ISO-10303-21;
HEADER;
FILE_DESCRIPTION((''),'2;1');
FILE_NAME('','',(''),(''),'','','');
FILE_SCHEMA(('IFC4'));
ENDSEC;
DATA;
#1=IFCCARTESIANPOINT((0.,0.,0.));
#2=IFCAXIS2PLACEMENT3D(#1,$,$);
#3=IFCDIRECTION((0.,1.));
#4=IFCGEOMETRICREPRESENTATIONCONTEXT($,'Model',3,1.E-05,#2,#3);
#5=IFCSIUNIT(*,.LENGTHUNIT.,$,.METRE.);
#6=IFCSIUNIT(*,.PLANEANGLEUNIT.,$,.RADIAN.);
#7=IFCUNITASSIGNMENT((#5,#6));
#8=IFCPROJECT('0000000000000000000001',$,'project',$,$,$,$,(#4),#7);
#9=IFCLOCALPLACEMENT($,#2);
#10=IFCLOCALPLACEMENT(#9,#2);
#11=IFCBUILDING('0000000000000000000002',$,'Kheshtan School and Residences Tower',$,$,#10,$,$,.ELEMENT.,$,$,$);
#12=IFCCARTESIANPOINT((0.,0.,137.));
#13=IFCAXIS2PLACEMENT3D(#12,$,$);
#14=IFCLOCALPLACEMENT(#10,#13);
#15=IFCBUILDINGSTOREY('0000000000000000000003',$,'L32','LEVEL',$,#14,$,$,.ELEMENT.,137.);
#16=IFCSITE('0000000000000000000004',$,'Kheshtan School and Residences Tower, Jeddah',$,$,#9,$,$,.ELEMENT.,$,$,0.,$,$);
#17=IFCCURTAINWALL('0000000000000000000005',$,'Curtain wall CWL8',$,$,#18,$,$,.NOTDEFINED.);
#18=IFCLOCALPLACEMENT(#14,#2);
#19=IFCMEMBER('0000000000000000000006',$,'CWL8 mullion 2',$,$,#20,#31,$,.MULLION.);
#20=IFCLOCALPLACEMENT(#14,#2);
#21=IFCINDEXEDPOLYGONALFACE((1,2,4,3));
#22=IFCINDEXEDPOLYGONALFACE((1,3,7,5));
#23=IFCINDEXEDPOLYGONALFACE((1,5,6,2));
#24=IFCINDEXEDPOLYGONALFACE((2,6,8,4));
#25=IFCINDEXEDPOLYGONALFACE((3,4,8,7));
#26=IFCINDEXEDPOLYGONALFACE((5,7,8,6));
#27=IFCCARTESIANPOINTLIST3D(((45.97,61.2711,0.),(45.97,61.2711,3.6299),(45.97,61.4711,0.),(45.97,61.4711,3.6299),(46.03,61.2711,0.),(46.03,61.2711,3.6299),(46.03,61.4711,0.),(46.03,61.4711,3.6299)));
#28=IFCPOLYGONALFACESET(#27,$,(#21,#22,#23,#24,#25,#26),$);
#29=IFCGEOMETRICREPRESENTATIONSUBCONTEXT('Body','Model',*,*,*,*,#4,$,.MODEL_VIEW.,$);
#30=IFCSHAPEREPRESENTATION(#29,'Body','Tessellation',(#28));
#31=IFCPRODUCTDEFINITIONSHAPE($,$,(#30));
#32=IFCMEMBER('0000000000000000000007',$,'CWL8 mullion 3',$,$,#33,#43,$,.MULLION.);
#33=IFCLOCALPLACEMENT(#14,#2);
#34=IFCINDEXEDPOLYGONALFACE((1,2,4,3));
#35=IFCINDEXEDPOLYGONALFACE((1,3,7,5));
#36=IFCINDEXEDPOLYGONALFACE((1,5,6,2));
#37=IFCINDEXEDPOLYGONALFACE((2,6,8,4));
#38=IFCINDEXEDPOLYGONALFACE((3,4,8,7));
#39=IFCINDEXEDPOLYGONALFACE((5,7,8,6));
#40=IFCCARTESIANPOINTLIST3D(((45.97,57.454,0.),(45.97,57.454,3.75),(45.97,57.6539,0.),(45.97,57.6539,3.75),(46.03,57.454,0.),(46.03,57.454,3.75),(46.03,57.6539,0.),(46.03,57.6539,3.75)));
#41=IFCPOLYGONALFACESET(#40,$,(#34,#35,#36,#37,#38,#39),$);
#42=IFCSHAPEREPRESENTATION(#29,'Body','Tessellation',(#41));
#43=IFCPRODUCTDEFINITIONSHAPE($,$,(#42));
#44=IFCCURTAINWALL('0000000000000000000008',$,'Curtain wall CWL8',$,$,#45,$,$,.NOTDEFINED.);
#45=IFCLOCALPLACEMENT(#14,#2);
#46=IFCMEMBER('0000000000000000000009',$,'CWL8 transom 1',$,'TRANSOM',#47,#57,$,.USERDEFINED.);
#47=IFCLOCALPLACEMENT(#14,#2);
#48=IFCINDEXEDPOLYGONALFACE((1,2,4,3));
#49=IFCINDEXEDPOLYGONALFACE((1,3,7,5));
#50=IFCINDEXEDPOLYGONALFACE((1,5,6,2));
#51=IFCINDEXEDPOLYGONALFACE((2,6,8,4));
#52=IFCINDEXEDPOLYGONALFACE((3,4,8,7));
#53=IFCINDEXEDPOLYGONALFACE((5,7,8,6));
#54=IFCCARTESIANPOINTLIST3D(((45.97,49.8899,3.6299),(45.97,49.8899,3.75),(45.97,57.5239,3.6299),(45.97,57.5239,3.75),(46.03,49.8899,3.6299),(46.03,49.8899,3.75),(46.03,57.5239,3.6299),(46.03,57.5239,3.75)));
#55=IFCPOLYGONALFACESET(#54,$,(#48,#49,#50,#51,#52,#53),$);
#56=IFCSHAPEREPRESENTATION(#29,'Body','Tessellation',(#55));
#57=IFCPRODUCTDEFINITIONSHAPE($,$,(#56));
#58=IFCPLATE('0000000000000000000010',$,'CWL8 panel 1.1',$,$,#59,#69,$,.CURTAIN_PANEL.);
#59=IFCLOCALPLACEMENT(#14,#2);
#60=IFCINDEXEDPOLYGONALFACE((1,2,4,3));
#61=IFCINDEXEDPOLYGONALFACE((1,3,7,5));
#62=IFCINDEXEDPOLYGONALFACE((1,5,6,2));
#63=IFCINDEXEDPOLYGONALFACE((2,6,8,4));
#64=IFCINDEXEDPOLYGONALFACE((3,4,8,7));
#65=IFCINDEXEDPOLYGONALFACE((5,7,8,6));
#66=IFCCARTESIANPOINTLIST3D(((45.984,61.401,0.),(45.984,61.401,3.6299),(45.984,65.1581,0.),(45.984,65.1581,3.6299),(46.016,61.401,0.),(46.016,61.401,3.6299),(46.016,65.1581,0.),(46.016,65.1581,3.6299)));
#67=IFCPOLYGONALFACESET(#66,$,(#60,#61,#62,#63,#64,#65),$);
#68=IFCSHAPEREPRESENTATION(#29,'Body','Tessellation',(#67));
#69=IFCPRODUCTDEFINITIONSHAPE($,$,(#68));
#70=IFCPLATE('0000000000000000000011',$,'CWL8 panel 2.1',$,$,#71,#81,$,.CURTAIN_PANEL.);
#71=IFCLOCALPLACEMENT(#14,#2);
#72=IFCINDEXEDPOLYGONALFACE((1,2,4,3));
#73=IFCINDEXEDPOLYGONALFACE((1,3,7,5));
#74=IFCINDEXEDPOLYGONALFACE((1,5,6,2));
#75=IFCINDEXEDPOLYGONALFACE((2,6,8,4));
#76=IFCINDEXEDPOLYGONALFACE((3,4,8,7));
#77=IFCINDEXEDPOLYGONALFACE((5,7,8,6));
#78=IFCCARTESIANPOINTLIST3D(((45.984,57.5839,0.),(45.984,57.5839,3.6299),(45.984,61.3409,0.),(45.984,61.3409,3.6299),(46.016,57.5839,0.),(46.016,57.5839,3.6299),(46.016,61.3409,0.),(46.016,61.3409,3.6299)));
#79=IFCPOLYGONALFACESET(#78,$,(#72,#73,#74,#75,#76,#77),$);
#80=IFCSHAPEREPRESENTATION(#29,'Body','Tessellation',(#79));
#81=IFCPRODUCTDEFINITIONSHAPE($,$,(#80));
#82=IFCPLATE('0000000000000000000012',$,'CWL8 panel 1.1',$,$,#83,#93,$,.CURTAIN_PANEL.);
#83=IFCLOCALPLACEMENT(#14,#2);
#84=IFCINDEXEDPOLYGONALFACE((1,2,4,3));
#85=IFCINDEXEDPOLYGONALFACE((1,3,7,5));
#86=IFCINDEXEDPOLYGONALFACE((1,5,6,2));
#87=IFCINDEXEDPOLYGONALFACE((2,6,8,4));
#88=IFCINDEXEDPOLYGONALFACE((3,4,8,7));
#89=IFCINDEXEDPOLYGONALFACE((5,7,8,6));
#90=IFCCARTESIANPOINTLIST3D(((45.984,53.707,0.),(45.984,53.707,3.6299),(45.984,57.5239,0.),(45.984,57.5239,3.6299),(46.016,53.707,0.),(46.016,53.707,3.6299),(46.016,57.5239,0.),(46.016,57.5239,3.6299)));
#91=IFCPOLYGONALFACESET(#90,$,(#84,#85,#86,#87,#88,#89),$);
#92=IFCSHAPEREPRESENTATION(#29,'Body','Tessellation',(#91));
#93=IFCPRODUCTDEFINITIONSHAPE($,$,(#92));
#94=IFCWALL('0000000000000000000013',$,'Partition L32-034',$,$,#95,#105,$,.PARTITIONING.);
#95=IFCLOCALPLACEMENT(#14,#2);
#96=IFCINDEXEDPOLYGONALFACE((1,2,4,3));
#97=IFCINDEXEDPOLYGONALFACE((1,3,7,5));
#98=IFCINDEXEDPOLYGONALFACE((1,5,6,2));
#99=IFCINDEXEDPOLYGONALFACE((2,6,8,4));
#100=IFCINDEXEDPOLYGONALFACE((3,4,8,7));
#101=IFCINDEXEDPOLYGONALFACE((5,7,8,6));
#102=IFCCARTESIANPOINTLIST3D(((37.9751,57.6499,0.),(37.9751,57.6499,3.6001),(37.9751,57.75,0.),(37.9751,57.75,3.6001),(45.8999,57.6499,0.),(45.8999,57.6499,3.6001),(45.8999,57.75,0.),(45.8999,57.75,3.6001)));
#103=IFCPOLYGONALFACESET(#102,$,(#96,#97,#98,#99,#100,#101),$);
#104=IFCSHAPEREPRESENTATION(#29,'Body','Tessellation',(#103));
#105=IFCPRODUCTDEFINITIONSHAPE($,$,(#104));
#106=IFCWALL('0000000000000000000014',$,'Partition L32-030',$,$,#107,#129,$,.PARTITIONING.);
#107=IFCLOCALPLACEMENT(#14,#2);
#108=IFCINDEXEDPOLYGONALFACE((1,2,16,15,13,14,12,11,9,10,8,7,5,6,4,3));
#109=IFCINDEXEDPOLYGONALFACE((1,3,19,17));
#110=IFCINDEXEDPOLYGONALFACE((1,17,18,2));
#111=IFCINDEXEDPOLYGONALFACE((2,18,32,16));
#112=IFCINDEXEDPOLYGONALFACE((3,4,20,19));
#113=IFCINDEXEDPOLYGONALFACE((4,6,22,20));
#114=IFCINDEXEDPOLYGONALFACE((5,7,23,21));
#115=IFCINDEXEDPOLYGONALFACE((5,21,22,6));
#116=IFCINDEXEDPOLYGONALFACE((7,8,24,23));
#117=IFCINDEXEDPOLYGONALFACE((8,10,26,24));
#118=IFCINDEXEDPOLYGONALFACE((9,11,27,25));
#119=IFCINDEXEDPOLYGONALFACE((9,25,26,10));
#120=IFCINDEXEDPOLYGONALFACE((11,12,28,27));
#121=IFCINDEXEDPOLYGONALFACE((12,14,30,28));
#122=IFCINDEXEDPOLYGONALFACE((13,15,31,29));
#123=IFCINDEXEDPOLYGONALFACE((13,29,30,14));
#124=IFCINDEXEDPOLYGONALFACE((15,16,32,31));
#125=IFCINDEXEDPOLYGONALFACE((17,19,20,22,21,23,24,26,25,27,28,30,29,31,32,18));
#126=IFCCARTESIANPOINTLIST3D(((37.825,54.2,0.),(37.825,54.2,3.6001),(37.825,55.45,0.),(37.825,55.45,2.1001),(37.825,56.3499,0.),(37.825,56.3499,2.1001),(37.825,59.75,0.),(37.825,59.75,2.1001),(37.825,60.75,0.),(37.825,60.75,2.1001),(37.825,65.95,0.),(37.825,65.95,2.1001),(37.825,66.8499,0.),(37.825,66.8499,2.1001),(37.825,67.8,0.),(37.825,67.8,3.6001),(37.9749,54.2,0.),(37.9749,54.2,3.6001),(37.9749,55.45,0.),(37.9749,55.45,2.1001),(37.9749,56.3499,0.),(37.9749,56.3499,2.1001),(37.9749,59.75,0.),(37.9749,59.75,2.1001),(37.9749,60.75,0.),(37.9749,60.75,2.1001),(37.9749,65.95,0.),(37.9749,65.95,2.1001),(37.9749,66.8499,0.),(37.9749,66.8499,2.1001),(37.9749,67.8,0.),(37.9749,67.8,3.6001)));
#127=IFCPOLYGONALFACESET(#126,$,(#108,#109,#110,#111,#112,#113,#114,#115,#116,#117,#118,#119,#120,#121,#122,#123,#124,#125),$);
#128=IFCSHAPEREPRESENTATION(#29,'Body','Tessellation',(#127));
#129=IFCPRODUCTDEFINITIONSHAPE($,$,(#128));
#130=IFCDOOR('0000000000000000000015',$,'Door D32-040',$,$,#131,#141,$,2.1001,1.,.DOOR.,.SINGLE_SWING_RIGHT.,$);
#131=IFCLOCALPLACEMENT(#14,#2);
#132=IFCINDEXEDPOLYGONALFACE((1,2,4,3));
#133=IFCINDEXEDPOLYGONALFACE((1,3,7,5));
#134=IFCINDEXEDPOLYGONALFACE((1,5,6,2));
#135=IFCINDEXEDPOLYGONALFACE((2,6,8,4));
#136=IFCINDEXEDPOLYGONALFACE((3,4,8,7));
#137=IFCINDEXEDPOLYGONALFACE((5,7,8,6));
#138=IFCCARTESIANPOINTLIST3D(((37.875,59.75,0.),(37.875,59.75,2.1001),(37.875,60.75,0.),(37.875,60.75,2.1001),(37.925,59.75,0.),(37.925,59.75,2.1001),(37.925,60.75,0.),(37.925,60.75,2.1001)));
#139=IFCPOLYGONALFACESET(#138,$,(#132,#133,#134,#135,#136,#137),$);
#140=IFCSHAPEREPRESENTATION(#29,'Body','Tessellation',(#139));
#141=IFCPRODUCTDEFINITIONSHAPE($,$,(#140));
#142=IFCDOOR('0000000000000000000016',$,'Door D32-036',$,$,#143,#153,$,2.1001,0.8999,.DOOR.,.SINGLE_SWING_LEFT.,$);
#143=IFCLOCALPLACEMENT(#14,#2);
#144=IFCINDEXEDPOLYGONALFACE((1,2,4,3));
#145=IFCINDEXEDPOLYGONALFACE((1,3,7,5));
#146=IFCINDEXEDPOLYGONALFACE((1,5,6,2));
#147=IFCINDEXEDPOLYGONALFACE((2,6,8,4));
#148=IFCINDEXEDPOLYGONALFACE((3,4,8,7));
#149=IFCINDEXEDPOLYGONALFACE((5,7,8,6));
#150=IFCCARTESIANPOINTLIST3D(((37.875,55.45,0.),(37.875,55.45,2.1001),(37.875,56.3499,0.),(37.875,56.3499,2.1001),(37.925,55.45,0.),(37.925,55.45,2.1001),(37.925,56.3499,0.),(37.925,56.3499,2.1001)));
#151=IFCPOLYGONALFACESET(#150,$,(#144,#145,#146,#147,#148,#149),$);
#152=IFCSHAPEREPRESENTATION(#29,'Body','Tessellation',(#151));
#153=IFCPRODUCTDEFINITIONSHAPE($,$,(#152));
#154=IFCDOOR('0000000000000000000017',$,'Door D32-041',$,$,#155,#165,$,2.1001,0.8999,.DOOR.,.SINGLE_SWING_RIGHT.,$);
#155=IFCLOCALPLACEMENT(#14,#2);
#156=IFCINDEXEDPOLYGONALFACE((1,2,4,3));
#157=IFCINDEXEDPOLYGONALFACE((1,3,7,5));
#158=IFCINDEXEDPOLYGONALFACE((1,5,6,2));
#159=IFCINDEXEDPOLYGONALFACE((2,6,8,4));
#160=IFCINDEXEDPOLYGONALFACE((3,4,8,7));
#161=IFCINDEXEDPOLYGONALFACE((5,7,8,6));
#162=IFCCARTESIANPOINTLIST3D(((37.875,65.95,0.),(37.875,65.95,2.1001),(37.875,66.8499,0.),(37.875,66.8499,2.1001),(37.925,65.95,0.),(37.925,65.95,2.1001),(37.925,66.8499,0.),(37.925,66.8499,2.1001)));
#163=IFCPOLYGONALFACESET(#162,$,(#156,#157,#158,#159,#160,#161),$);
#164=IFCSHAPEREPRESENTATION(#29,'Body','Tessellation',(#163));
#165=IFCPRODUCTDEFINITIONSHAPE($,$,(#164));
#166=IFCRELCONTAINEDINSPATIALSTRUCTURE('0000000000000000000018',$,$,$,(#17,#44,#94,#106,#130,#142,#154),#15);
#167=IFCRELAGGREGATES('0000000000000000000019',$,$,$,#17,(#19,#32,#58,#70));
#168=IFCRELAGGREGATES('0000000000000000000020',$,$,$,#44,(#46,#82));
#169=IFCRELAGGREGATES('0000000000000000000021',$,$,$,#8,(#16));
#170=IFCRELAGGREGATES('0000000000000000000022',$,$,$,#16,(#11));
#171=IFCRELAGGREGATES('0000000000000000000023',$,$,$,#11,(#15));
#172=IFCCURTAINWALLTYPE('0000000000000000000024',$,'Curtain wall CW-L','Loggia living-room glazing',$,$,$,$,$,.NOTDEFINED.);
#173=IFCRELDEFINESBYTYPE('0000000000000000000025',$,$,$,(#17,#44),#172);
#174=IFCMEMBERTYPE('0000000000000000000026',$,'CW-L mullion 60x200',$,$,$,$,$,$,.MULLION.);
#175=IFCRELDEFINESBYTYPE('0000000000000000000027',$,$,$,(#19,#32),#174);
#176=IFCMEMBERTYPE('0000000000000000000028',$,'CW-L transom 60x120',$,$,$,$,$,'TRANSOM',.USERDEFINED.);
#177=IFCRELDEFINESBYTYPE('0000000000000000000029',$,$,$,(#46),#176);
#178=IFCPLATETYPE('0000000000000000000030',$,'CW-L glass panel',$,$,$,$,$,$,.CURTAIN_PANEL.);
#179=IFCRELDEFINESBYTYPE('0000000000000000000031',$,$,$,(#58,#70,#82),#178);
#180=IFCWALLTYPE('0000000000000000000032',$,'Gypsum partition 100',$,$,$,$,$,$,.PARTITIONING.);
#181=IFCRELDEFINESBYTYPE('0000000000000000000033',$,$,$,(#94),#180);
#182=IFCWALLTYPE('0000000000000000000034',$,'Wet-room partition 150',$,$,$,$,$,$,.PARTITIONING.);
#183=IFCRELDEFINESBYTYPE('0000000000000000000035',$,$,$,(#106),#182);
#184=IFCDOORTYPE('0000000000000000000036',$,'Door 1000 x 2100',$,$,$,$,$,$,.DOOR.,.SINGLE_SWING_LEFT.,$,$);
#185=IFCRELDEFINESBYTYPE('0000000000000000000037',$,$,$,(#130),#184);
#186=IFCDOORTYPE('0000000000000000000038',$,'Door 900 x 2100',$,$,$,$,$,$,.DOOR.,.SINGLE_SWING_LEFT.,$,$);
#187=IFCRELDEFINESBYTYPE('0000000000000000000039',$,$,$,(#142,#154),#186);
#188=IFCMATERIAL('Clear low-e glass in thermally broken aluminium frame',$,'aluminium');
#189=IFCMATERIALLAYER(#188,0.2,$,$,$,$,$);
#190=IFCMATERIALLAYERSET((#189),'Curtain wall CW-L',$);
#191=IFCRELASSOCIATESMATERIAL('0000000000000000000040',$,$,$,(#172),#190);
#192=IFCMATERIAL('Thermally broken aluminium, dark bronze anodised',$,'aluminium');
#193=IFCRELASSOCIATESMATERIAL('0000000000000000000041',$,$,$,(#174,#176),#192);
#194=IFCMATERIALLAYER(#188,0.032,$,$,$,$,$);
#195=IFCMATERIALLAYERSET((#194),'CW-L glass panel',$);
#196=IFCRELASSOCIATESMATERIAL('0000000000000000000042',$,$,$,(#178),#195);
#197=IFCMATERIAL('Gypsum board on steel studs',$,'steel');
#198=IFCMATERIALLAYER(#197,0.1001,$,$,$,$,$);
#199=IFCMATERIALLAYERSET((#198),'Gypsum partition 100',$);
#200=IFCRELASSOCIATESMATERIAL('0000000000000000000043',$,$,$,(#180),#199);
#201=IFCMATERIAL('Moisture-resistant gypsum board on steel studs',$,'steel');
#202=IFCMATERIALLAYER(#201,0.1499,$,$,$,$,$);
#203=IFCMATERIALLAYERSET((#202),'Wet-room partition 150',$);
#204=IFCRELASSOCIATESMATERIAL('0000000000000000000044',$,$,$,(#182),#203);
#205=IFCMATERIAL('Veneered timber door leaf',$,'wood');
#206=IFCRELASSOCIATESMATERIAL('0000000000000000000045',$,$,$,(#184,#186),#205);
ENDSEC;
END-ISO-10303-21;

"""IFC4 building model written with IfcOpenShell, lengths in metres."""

from ifc_helpers import new_model, si_unit, direction, frame, frame_2d, origin, origin_2d, place, context, subcontext, project, spatial, rectangle, extrude, source, transform, mapped, material, layer, layer_set, material_profile, profile_set, type_object, element, fill, aggregate, save


model = new_model("IFC4")

# Units and contexts
model_context = context("Model", 3, precision=1e-05, world=origin(), true_north=direction((0.0, 1.0)))
body_context = subcontext(model_context, "Body", "Model", "MODEL_VIEW")
ifc_project = project(units=[si_unit("LENGTHUNIT", "METRE"), si_unit("PLANEANGLEUNIT", "RADIAN")], contexts=[model_context])

# Site, building, storey
site_placement = place(None, origin())
site = spatial("IfcSite", under=ifc_project, at=site_placement, Name="Kheshtan School and Residences Tower, Jeddah", CompositionType="ELEMENT", RefElevation=0.0)
building_placement = place(site_placement, origin())
building = spatial("IfcBuilding", under=site, at=building_placement, Name="Kheshtan School and Residences Tower", CompositionType="ELEMENT")
storey_placement = place(building_placement, frame((0.0, 0.0, 137.0)))
storey = spatial("IfcBuildingStorey", under=building, at=storey_placement, Name="L32", Description="LEVEL", CompositionType="ELEMENT", Elevation=137.0)

# Curtain wall, members
ifc_material_1 = material(Name="Clear low-e glass in thermally broken aluminium frame", Category="aluminium")
ifc_layer_1 = layer(ifc_material_1, 0.2)
ifc_layer_set_1 = layer_set([ifc_layer_1], Name="Curtain wall CW-L")
curtain_wall_type = type_object("IfcCurtainWallType", Name="Curtain wall CW-L", Description="Loggia living-room glazing", PredefinedType="NOTDEFINED", material=ifc_layer_set_1)
curtain_wall_1_placement = place(storey_placement, origin())
curtain_wall_1 = element("IfcCurtainWall", 1, at=curtain_wall_1_placement, inside=storey, type_object=curtain_wall_type, Name="Curtain wall CWL8", PredefinedType="NOTDEFINED")
ifc_material_2 = material(Name="Thermally broken aluminium, dark bronze anodised", Category="aluminium")
ifc_material_profile_1 = material_profile(ifc_material_2, rectangle(XDim=0.0601, YDim=0.2, at=origin_2d()), Name="CW-L mullion 60x200")
ifc_profile_set_1 = profile_set([ifc_material_profile_1], Name="Thermally broken aluminium, dark bronze anodised")
member_type_1 = type_object("IfcMemberType", Name="CW-L mullion 60x200", PredefinedType="MULLION", material=ifc_profile_set_1)
member_1_placement = place(storey_placement, frame((46.0, 61.3711, 0.0), z_axis=(0.0, 0.0, 1.0), x_axis=(1.0, 0.0, 0.0)))
member_1 = element("IfcMember", 2, at=member_1_placement, type_object=member_type_1, Name="CWL8 mullion 2", PredefinedType="MULLION", context=body_context, shape_type="SweptSolid", body=[
    extrude(rectangle(XDim=0.0601, YDim=0.2, at=origin_2d()), origin(), (0.0, 0.0, 1.0), 3.6299),
])
member_2_placement = place(storey_placement, frame((46.0, 57.554, 0.0), z_axis=(0.0, 0.0, 1.0), x_axis=(1.0, 0.0, 0.0)))
member_2 = element("IfcMember", 3, at=member_2_placement, type_object=member_type_1, Name="CWL8 mullion 3", PredefinedType="MULLION", context=body_context, shape_type="SweptSolid", body=[
    extrude(rectangle(XDim=0.0601, YDim=0.2, at=origin_2d()), origin(), (0.0, 0.0, 1.0), 3.75),
])

# Curtain wall, member
curtain_wall_2_placement = place(storey_placement, origin())
curtain_wall_2 = element("IfcCurtainWall", 4, at=curtain_wall_2_placement, inside=storey, type_object=curtain_wall_type, Name="Curtain wall CWL8", PredefinedType="NOTDEFINED")
ifc_material_profile_2 = material_profile(ifc_material_2, rectangle(XDim=0.0601, YDim=0.1201, at=origin_2d()), Name="CW-L transom 60x120")
ifc_profile_set_2 = profile_set([ifc_material_profile_2], Name="Thermally broken aluminium, dark bronze anodised")
member_type_2 = type_object("IfcMemberType", Name="CW-L transom 60x120", ElementType="TRANSOM", PredefinedType="USERDEFINED", material=ifc_profile_set_2)
member_3_placement = place(storey_placement, frame((46.0, 57.5239, 3.6899), z_axis=(0.0, -1.0, 0.0), x_axis=(1.0, 0.0, 0.0)))
member_3 = element("IfcMember", 5, at=member_3_placement, type_object=member_type_2, Name="CWL8 transom 1", ObjectType="TRANSOM", PredefinedType="USERDEFINED", context=body_context, shape_type="SweptSolid", body=[
    extrude(rectangle(XDim=0.0601, YDim=0.1201, at=origin_2d()), origin(), (0.0, 0.0, 1.0), 7.634),
])

# Plates
ifc_layer_2 = layer(ifc_material_1, 0.032)
ifc_layer_set_2 = layer_set([ifc_layer_2], Name="CW-L glass panel")
plate_type = type_object("IfcPlateType", Name="CW-L glass panel", PredefinedType="CURTAIN_PANEL", material=ifc_layer_set_2)
plate_1_placement = place(storey_placement, frame((46.0, 63.2795, 0.0), z_axis=(0.0, 0.0, 1.0), x_axis=(0.0, -1.0, 0.0)))
plate_1 = element("IfcPlate", 6, at=plate_1_placement, type_object=plate_type, Name="CWL8 panel 1.1", PredefinedType="CURTAIN_PANEL", context=body_context, shape_type="SweptSolid", body=[
    extrude(rectangle(XDim=3.7571, YDim=0.032, at=origin_2d()), origin(), (0.0, 0.0, 1.0), 3.6299),
])
plate_2_placement = place(storey_placement, frame((46.0, 59.4624, 0.0), z_axis=(0.0, 0.0, 1.0), x_axis=(0.0, -1.0, 0.0)))
plate_2 = element("IfcPlate", 7, at=plate_2_placement, type_object=plate_type, Name="CWL8 panel 2.1", PredefinedType="CURTAIN_PANEL", context=body_context, shape_type="SweptSolid", body=[
    extrude(rectangle(XDim=3.7571, YDim=0.032, at=origin_2d()), origin(), (0.0, 0.0, 1.0), 3.6299),
])
aggregate(curtain_wall_1, [member_1, member_2, plate_1, plate_2])
plate_3_placement = place(storey_placement, frame((46.0, 55.6155, 0.0), z_axis=(0.0, 0.0, 1.0), x_axis=(0.0, -1.0, 0.0)))
plate_3 = element("IfcPlate", 8, at=plate_3_placement, type_object=plate_type, Name="CWL8 panel 1.1", PredefinedType="CURTAIN_PANEL", context=body_context, shape_type="SweptSolid", body=[
    extrude(rectangle(XDim=3.8169, YDim=0.032, at=origin_2d()), origin(), (0.0, 0.0, 1.0), 3.6299),
])
aggregate(curtain_wall_2, [member_3, plate_3])

# Wall
ifc_material_3 = material(Name="Gypsum board on steel studs", Category="steel")
ifc_layer_3 = layer(ifc_material_3, 0.1001)
ifc_layer_set_3 = layer_set([ifc_layer_3], Name="Gypsum partition 100")
wall_type_1 = type_object("IfcWallType", Name="Gypsum partition 100", PredefinedType="PARTITIONING", material=ifc_layer_set_3)
wall_1_placement = place(storey_placement, frame((37.9751, 57.7, 0.0), z_axis=(0.0, 0.0, 1.0), x_axis=(1.0, 0.0, 0.0)))
element("IfcWall", 9, at=wall_1_placement, inside=storey, type_object=wall_type_1, Name="Partition L32-034", PredefinedType="PARTITIONING", context=body_context, shape_type="SweptSolid", body=[
    extrude(rectangle(XDim=7.9248, YDim=0.1001, at=frame_2d((3.9624, 0.0))), origin(), (0.0, 0.0, 1.0), 3.6001),
])

# Wall, openings, doors
ifc_material_4 = material(Name="Moisture-resistant gypsum board on steel studs", Category="steel")
ifc_layer_4 = layer(ifc_material_4, 0.1499)
ifc_layer_set_4 = layer_set([ifc_layer_4], Name="Wet-room partition 150")
wall_type_2 = type_object("IfcWallType", Name="Wet-room partition 150", PredefinedType="PARTITIONING", material=ifc_layer_set_4)
wall_2_placement = place(storey_placement, frame((37.8999, 54.2, 0.0), z_axis=(0.0, 0.0, 1.0), x_axis=(0.0, 1.0, 0.0)))
wall_2 = element("IfcWall", 10, at=wall_2_placement, inside=storey, type_object=wall_type_2, Name="Partition L32-030", PredefinedType="PARTITIONING", context=body_context, shape_type="SweptSolid", body=[
    extrude(rectangle(XDim=13.6001, YDim=0.1499, at=frame_2d((6.8, 0.0))), origin(), (0.0, 0.0, 1.0), 3.6001),
])
opening_1_placement = place(wall_2_placement, frame((1.25, 0.0, 0.0)))
opening_1 = element("IfcOpeningElement", 11, at=opening_1_placement, cuts=wall_2, PredefinedType="OPENING", context=body_context, shape_type="SweptSolid", body=[
    extrude(rectangle(XDim=0.8999, YDim=2.1001, at=frame_2d((0.45, 1.05))), frame((0.0, 0.085, 0.0), z_axis=(0.0, -1.0, 0.0), x_axis=(1.0, 0.0, 0.0)), (0.0, 0.0, 1.0), 0.1699),
])
opening_2_placement = place(wall_2_placement, frame((5.55, 0.0, 0.0)))
opening_2 = element("IfcOpeningElement", 12, at=opening_2_placement, cuts=wall_2, PredefinedType="OPENING", context=body_context, shape_type="SweptSolid", body=[
    extrude(rectangle(XDim=1.0, YDim=2.1001, at=frame_2d((0.5, 1.05))), frame((0.0, 0.085, 0.0), z_axis=(0.0, -1.0, 0.0), x_axis=(1.0, 0.0, 0.0)), (0.0, 0.0, 1.0), 0.1699),
])
opening_3_placement = place(wall_2_placement, frame((11.75, 0.0, 0.0)))
opening_3 = element("IfcOpeningElement", 13, at=opening_3_placement, cuts=wall_2, PredefinedType="OPENING", context=body_context, shape_type="SweptSolid", body=[
    extrude(rectangle(XDim=0.8999, YDim=2.1001, at=frame_2d((0.45, 1.05))), frame((0.0, 0.085, 0.0), z_axis=(0.0, -1.0, 0.0), x_axis=(1.0, 0.0, 0.0)), (0.0, 0.0, 1.0), 0.1699),
])
ifc_material_5 = material(Name="Veneered timber door leaf", Category="wood")
door_type_1 = type_object("IfcDoorType", Name="Door 1000 x 2100", OperationType="SINGLE_SWING_LEFT", PredefinedType="DOOR", material=ifc_material_5)
shared_shape_1 = source(origin(), body_context, "Body", "SweptSolid", [
    extrude(rectangle(XDim=1.0, YDim=2.1001, at=frame_2d((0.5, 1.05))), frame((0.0, 0.0249, 0.0), z_axis=(0.0, -1.0, 0.0), x_axis=(1.0, 0.0, 0.0)), (0.0, 0.0, 1.0), 0.05),
])
door_1_placement = place(opening_2_placement, origin())
door_1 = element("IfcDoor", 14, at=door_1_placement, inside=storey, type_object=door_type_1, Name="Door D32-040", OperationType="SINGLE_SWING_RIGHT", OverallHeight=2.1001, OverallWidth=1.0, PredefinedType="DOOR", context=body_context, shape_type="MappedRepresentation", body=[
    mapped(shared_shape_1, transform((0.0, 0.0, 0.0), x_axis=(1.0, 0.0, 0.0), y_axis=(0.0, 1.0, 0.0), z_axis=(0.0, 0.0, 1.0), scale=1.0)),
])
fill(opening_2, door_1)
door_type_2 = type_object("IfcDoorType", Name="Door 900 x 2100", OperationType="SINGLE_SWING_LEFT", PredefinedType="DOOR", material=ifc_material_5)
shared_shape_2 = source(origin(), body_context, "Body", "SweptSolid", [
    extrude(rectangle(XDim=0.8999, YDim=2.1001, at=frame_2d((0.45, 1.05))), frame((0.0, 0.0249, 0.0), z_axis=(0.0, -1.0, 0.0), x_axis=(1.0, 0.0, 0.0)), (0.0, 0.0, 1.0), 0.05),
])
door_2_placement = place(opening_1_placement, origin())
door_2 = element("IfcDoor", 15, at=door_2_placement, inside=storey, type_object=door_type_2, Name="Door D32-036", OperationType="SINGLE_SWING_LEFT", OverallHeight=2.1001, OverallWidth=0.8999, PredefinedType="DOOR", context=body_context, shape_type="MappedRepresentation", body=[
    mapped(shared_shape_2, transform((0.0, 0.0, 0.0), x_axis=(1.0, 0.0, 0.0), y_axis=(0.0, 1.0, 0.0), z_axis=(0.0, 0.0, 1.0), scale=1.0)),
])
fill(opening_1, door_2)
door_3_placement = place(opening_3_placement, origin())
door_3 = element("IfcDoor", 16, at=door_3_placement, inside=storey, type_object=door_type_2, Name="Door D32-041", OperationType="SINGLE_SWING_RIGHT", OverallHeight=2.1001, OverallWidth=0.8999, PredefinedType="DOOR", context=body_context, shape_type="MappedRepresentation", body=[
    mapped(shared_shape_2, transform((0.0, 0.0, 0.0), x_axis=(1.0, 0.0, 0.0), y_axis=(0.0, 1.0, 0.0), z_axis=(0.0, 0.0, 1.0), scale=1.0)),
])
fill(opening_3, door_3)

save(model, "model.ifc")
